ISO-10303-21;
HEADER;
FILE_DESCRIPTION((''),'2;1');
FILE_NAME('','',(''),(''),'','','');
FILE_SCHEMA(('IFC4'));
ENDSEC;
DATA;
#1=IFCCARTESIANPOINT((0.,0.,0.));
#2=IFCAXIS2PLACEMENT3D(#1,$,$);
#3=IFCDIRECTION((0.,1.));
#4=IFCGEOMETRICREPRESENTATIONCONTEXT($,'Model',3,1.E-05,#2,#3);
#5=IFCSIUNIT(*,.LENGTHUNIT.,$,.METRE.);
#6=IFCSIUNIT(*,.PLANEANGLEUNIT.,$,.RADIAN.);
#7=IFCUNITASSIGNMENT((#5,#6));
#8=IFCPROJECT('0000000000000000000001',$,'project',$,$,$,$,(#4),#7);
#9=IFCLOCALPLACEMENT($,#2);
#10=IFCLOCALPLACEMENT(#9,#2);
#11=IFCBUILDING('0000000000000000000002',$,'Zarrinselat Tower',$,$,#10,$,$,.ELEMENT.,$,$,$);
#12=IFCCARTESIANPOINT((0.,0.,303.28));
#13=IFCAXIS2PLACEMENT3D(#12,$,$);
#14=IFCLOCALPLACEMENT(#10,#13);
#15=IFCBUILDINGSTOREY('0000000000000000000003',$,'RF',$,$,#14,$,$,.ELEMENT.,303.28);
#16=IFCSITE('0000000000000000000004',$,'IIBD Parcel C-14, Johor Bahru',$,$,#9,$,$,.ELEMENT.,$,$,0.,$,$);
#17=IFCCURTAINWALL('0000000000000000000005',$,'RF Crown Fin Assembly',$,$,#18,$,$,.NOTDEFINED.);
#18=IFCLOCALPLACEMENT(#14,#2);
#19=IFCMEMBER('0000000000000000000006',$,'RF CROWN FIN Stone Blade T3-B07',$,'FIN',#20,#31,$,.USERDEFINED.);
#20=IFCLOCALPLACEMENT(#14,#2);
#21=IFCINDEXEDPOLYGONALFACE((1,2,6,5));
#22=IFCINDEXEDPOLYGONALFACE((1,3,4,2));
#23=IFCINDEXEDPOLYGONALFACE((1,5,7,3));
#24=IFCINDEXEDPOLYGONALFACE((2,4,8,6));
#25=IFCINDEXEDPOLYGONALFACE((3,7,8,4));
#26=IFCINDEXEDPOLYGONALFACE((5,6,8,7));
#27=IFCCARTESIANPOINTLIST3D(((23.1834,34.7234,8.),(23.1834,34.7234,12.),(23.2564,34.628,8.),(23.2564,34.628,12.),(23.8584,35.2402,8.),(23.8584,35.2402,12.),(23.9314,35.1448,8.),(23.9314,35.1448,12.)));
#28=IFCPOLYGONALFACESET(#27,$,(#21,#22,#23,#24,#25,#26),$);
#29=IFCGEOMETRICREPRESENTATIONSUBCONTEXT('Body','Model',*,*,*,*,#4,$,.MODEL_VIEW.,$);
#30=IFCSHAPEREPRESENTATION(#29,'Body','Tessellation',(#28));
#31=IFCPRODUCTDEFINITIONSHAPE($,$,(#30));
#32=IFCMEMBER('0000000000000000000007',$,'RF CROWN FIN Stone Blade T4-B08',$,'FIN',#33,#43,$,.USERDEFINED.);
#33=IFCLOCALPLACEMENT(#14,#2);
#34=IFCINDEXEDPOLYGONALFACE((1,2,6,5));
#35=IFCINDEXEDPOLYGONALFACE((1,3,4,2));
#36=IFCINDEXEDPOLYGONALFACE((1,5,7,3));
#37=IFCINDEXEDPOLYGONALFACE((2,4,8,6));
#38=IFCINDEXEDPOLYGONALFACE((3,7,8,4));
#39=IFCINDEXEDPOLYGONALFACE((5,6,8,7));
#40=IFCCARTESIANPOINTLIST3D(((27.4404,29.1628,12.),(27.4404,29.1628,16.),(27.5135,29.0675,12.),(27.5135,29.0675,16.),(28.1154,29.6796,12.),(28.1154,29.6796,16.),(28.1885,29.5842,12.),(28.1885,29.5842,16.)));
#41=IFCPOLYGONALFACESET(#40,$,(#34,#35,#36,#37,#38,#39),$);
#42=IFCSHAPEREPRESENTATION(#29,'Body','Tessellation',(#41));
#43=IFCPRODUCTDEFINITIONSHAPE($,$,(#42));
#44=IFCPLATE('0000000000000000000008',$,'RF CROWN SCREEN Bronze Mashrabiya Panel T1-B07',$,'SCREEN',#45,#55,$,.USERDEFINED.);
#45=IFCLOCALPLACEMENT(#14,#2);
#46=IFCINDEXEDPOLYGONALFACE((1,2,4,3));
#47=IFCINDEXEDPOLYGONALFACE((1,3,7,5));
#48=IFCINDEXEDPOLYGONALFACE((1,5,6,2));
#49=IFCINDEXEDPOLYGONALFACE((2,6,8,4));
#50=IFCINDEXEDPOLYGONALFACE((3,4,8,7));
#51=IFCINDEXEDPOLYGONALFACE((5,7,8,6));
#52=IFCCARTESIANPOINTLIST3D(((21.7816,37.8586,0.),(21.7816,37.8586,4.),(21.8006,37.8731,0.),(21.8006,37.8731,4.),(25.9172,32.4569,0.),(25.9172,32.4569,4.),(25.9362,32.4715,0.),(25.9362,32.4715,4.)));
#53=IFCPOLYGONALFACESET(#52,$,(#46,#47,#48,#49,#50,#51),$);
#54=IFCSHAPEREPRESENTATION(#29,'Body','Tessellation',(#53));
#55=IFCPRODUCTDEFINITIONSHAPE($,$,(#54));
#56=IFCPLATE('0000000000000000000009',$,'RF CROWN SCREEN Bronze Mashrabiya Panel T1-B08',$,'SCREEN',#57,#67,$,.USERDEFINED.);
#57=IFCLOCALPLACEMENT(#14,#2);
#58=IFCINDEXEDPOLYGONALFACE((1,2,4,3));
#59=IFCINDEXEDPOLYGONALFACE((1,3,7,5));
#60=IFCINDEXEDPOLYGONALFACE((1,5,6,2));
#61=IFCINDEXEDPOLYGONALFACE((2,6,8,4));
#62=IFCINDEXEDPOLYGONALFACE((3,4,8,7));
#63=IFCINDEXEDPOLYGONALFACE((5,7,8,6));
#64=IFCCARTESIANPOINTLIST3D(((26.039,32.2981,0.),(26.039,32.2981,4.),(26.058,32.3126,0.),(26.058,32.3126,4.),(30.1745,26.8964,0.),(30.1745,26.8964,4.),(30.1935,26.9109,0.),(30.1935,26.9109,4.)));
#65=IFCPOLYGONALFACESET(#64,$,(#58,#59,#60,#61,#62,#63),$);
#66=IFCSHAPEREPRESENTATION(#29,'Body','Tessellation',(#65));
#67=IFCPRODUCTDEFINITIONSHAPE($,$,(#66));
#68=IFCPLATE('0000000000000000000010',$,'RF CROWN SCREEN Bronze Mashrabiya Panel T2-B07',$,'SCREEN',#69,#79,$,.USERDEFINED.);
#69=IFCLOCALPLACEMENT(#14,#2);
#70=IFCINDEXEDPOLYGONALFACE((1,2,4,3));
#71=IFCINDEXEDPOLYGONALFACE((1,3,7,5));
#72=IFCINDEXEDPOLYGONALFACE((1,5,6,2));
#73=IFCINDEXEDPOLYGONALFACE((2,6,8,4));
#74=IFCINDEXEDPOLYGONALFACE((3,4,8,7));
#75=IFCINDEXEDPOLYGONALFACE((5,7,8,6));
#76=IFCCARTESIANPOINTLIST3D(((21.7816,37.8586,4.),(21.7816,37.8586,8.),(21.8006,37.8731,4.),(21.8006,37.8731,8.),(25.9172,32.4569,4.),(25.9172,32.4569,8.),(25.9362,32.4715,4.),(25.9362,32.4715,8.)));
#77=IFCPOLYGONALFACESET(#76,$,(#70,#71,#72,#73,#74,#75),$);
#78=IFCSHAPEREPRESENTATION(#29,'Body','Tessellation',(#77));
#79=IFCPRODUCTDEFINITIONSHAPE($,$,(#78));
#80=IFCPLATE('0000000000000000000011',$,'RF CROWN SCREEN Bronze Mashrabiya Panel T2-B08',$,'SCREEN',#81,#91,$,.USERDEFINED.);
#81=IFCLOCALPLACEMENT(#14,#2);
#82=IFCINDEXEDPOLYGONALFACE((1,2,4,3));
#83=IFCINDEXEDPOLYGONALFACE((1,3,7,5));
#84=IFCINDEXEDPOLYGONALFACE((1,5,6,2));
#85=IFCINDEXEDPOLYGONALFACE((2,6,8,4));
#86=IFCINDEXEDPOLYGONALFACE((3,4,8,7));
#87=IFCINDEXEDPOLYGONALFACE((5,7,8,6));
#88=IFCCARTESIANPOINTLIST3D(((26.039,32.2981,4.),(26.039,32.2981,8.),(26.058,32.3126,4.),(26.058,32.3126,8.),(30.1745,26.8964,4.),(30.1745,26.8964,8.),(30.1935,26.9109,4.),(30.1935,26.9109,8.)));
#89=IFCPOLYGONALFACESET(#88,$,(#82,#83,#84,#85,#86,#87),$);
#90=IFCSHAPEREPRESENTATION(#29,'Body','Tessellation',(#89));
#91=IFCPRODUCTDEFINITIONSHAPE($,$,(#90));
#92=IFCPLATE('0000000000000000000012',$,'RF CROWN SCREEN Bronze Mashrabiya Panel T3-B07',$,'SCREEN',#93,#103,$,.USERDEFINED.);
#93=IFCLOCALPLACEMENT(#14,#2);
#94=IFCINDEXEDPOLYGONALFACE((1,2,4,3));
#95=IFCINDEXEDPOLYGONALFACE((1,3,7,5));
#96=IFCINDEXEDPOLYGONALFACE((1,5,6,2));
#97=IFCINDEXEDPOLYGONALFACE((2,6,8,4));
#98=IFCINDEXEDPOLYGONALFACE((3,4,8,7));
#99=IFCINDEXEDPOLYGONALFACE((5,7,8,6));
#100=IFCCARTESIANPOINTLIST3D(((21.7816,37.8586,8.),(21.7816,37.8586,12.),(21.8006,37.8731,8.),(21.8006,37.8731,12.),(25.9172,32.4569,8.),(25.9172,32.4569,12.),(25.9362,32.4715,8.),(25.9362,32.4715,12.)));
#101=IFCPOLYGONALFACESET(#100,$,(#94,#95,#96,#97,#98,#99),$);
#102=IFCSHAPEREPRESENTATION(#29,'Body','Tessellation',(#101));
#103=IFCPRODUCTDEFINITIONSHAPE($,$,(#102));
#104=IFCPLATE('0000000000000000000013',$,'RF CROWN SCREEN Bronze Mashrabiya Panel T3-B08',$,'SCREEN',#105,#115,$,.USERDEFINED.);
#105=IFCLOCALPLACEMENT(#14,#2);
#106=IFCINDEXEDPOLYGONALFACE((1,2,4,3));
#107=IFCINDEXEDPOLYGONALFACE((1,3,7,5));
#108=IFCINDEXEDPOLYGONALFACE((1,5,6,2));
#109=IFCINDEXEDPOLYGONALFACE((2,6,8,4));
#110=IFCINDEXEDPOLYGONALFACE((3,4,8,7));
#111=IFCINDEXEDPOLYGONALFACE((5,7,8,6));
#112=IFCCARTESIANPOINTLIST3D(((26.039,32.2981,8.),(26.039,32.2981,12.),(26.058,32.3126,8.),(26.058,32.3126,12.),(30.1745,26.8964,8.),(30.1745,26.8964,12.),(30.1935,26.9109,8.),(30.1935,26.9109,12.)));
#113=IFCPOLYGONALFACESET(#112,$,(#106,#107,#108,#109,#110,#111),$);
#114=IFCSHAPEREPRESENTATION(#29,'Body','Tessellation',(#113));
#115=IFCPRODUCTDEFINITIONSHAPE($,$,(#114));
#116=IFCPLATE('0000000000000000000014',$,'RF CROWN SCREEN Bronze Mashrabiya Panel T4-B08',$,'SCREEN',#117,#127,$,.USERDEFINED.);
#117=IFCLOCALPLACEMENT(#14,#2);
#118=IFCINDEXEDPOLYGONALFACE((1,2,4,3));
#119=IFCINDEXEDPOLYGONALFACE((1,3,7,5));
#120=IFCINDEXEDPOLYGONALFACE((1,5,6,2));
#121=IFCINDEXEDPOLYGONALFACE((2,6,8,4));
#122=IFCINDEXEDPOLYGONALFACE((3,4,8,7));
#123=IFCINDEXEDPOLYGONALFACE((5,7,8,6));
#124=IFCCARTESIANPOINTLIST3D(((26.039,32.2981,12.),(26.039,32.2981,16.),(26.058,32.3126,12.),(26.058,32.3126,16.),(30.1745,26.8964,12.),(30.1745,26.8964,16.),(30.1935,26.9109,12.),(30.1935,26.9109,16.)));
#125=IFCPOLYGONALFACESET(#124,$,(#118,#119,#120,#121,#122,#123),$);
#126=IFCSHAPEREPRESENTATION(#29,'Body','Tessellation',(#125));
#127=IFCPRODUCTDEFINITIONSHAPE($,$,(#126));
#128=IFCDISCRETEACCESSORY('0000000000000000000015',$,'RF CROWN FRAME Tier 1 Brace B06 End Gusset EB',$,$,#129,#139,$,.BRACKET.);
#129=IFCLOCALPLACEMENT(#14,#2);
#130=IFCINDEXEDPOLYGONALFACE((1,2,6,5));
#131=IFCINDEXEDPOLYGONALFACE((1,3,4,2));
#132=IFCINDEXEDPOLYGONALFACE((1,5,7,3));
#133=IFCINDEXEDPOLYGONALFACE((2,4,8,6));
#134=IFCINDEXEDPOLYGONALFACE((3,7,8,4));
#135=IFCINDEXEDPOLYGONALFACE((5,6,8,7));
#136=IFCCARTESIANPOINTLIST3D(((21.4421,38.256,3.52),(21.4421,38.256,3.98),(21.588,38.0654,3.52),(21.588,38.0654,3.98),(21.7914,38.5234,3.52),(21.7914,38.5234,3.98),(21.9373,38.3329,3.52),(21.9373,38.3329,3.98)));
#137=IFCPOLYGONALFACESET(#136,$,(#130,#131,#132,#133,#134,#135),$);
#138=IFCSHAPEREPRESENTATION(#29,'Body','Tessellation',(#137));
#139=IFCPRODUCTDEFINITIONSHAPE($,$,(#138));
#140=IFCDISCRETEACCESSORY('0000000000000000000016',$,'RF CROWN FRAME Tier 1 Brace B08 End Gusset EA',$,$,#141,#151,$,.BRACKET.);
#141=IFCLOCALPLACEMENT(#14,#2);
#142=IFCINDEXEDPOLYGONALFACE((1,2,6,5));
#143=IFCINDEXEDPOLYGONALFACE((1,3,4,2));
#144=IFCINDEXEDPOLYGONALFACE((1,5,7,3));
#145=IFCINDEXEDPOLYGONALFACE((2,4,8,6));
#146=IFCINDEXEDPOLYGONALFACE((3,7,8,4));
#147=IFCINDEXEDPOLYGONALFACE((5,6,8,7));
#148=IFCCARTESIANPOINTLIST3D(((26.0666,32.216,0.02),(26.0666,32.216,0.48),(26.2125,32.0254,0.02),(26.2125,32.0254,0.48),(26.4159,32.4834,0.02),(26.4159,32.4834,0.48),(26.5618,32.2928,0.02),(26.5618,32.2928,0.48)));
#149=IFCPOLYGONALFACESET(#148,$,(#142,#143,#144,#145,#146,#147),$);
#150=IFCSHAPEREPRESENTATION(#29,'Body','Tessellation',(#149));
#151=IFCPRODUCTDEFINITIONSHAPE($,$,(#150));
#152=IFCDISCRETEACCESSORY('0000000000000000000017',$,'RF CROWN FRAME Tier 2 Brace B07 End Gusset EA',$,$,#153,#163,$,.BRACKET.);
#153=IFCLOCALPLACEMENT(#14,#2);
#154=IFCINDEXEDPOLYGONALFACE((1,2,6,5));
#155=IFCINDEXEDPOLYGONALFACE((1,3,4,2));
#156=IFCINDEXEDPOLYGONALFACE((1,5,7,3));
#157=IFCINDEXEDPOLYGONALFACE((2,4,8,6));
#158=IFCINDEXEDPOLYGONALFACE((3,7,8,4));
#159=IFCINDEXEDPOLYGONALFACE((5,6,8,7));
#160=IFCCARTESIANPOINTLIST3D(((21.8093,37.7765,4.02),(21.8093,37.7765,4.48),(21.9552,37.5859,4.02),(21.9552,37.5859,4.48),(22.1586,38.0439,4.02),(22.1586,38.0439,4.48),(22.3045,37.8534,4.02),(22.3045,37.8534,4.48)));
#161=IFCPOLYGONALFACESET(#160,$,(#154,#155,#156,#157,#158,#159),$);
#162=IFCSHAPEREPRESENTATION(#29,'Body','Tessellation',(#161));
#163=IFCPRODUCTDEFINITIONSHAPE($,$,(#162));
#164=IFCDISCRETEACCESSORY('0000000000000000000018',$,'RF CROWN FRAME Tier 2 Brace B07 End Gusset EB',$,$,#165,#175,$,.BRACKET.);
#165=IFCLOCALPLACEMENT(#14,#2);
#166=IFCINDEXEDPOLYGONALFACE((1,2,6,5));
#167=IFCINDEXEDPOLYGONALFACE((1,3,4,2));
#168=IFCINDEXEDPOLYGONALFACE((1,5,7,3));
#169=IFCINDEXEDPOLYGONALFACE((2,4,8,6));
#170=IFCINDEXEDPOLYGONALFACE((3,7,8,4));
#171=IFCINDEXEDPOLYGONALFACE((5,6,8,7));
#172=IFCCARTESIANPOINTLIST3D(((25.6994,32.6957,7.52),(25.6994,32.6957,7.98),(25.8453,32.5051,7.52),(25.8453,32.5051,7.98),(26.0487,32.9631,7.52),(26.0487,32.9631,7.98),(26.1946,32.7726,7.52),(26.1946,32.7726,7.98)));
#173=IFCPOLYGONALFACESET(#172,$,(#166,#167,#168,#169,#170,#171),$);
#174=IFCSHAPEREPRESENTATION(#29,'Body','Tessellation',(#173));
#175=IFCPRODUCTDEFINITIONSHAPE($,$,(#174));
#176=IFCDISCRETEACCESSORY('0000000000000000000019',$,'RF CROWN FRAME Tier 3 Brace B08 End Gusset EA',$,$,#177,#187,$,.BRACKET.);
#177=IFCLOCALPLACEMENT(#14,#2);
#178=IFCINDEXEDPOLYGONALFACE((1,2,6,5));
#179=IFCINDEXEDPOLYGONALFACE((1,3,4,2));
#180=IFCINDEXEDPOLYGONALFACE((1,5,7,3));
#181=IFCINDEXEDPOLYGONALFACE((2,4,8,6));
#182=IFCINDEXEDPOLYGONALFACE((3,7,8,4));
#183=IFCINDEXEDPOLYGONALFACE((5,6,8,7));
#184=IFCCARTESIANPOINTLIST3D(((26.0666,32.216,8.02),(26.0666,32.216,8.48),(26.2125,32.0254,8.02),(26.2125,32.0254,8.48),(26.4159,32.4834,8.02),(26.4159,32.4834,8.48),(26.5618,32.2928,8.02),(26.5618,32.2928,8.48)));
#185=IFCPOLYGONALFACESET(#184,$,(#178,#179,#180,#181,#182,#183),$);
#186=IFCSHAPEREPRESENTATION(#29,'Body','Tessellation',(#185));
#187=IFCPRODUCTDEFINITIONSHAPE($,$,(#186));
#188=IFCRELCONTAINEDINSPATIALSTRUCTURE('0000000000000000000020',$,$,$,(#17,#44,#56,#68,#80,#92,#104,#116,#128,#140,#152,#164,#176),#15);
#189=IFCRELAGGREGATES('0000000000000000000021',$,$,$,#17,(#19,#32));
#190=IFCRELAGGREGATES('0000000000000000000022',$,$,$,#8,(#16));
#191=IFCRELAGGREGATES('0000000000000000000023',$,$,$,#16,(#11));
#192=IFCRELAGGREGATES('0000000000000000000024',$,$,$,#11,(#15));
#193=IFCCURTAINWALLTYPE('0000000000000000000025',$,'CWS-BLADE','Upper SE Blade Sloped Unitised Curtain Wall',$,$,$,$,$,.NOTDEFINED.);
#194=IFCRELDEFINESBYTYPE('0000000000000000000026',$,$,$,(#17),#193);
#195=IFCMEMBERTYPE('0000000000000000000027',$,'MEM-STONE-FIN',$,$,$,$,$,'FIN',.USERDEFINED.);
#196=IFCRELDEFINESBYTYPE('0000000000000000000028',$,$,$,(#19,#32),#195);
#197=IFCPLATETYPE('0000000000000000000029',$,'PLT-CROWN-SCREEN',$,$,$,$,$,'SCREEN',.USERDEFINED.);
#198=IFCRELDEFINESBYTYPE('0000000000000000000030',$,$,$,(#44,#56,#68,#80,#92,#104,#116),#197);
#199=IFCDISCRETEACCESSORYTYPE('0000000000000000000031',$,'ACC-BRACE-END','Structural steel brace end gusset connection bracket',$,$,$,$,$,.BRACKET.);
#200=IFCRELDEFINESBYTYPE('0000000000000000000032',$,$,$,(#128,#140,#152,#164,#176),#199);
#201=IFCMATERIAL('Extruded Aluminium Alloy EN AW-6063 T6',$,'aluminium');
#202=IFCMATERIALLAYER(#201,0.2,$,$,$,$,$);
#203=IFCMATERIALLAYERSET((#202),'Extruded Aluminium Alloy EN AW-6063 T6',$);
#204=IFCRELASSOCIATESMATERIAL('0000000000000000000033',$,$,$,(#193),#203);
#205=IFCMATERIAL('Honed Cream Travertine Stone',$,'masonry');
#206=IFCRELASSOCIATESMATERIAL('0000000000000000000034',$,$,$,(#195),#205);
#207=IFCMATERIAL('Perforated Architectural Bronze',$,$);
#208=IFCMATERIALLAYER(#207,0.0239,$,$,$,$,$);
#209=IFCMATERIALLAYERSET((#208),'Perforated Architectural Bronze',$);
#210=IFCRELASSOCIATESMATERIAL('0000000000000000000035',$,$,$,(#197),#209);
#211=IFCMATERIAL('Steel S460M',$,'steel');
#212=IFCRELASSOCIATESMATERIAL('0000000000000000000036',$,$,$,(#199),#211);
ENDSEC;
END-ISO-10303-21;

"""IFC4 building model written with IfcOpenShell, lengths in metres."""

from ifc_helpers import new_model, si_unit, direction, frame, origin, origin_2d, place, context, subcontext, project, spatial, rectangle, extrude, material, layer, layer_set, material_profile, profile_set, type_object, element, aggregate, save


model = new_model("IFC4")

# Units and contexts
model_context = context("Model", 3, precision=1e-05, world=origin(), true_north=direction((0.0, 1.0)))
body_context = subcontext(model_context, "Body", "Model", "MODEL_VIEW")
ifc_project = project(units=[si_unit("LENGTHUNIT", "METRE"), si_unit("PLANEANGLEUNIT", "RADIAN")], contexts=[model_context])

# Site, building, storey
site_placement = place(None, origin())
site = spatial("IfcSite", under=ifc_project, at=site_placement, Name="IIBD Parcel C-14, Johor Bahru", CompositionType="ELEMENT", RefElevation=0.0)
building_placement = place(site_placement, origin())
building = spatial("IfcBuilding", under=site, at=building_placement, Name="Zarrinselat Tower", CompositionType="ELEMENT")
storey_placement = place(building_placement, frame((0.0, 0.0, 303.28)))
storey = spatial("IfcBuildingStorey", under=building, at=storey_placement, Name="RF", CompositionType="ELEMENT", Elevation=303.28)

# Curtain wall, members
ifc_material_1 = material(Name="Extruded Aluminium Alloy EN AW-6063 T6", Category="aluminium")
ifc_layer_1 = layer(ifc_material_1, 0.2)
ifc_layer_set_1 = layer_set([ifc_layer_1], Name="Extruded Aluminium Alloy EN AW-6063 T6")
curtain_wall_type = type_object("IfcCurtainWallType", Name="CWS-BLADE", Description="Upper SE Blade Sloped Unitised Curtain Wall", PredefinedType="NOTDEFINED", material=ifc_layer_set_1)
curtain_wall_placement = place(storey_placement, origin())
curtain_wall = element("IfcCurtainWall", 1, at=curtain_wall_placement, inside=storey, type_object=curtain_wall_type, Name="RF Crown Fin Assembly", PredefinedType="NOTDEFINED")
ifc_material_2 = material(Name="Honed Cream Travertine Stone", Category="masonry")
ifc_material_profile_1 = material_profile(ifc_material_2, rectangle(XDim=0.1201, YDim=0.8501, at=origin_2d()), Name="FIN 850x120")
ifc_profile_set_1 = profile_set([ifc_material_profile_1], Name="Honed Cream Travertine Stone")
member_type_1 = type_object("IfcMemberType", Name="MEM-STONE-FIN", ElementType="FIN", PredefinedType="USERDEFINED", material=ifc_profile_set_1)
member_1_placement = place(storey_placement, frame((23.5574, 34.9341, 8.0), z_axis=(0.0, 0.0, 1.0), x_axis=(-0.607903, 0.794011, 0.0)))
member_1 = element("IfcMember", 2, at=member_1_placement, type_object=member_type_1, Name="RF CROWN FIN Stone Blade T3-B07", ObjectType="FIN", PredefinedType="USERDEFINED", context=body_context, shape_type="SweptSolid", body=[
    extrude(rectangle(XDim=0.1201, YDim=0.8501, at=origin_2d()), origin(), (0.0, 0.0, 1.0), 4.0),
])
member_2_placement = place(storey_placement, frame((27.8145, 29.3735, 12.0), z_axis=(0.0, 0.0, 1.0), x_axis=(-0.607896, 0.794016, 0.0)))
member_2 = element("IfcMember", 3, at=member_2_placement, type_object=member_type_1, Name="RF CROWN FIN Stone Blade T4-B08", ObjectType="FIN", PredefinedType="USERDEFINED", context=body_context, shape_type="SweptSolid", body=[
    extrude(rectangle(XDim=0.1201, YDim=0.8501, at=origin_2d()), origin(), (0.0, 0.0, 1.0), 4.0),
])
aggregate(curtain_wall, [member_1, member_2])

# Plates
ifc_material_3 = material(Name="Perforated Architectural Bronze")
ifc_layer_2 = layer(ifc_material_3, 0.0239)
ifc_layer_set_2 = layer_set([ifc_layer_2], Name="Perforated Architectural Bronze")
plate_type = type_object("IfcPlateType", Name="PLT-CROWN-SCREEN", ElementType="SCREEN", PredefinedType="USERDEFINED", material=ifc_layer_set_2)
for number, where, z_axis, x_axis, name in (
    (4, (23.8589, 35.165, 0.0), (0.0, 0.0, 1.0), (0.607903, -0.794011, 0.0), "RF CROWN SCREEN Bronze Mashrabiya Panel T1-B07"),
    (5, (28.1162, 29.6045, 0.0), (0.0, 0.0, 1.0), (0.607896, -0.794016, 0.0), "RF CROWN SCREEN Bronze Mashrabiya Panel T1-B08"),
    (6, (23.8589, 35.165, 4.0), (0.0, 0.0, 1.0), (0.607903, -0.794011, 0.0), "RF CROWN SCREEN Bronze Mashrabiya Panel T2-B07"),
    (7, (28.1162, 29.6045, 4.0), (0.0, 0.0, 1.0), (0.607896, -0.794016, 0.0), "RF CROWN SCREEN Bronze Mashrabiya Panel T2-B08"),
    (8, (23.8589, 35.165, 8.0), (0.0, 0.0, 1.0), (0.607903, -0.794011, 0.0), "RF CROWN SCREEN Bronze Mashrabiya Panel T3-B07"),
    (9, (28.1162, 29.6045, 8.0), (0.0, 0.0, 1.0), (0.607896, -0.794016, 0.0), "RF CROWN SCREEN Bronze Mashrabiya Panel T3-B08"),
    (10, (28.1162, 29.6045, 12.0), (0.0, 0.0, 1.0), (0.607896, -0.794016, 0.0), "RF CROWN SCREEN Bronze Mashrabiya Panel T4-B08"),
):
    element("IfcPlate", number, at=place(storey_placement, frame(where, z_axis=z_axis, x_axis=x_axis)), inside=storey, type_object=plate_type, Name=name, ObjectType="SCREEN", PredefinedType="USERDEFINED", context=body_context, shape_type="SweptSolid", body=[
        extrude(rectangle(XDim=6.803, YDim=0.0239, at=origin_2d()), origin(), (0.0, 0.0, 1.0), 4.0),
    ])

# Discrete accessories
ifc_material_4 = material(Name="Steel S460M", Category="steel")
discrete_accessory_type = type_object("IfcDiscreteAccessoryType", Name="ACC-BRACE-END", Description="Structural steel brace end gusset connection bracket", PredefinedType="BRACKET", material=ifc_material_4)
for number, where, z_axis, x_axis, name in (
    (11, (21.6897, 38.2944, 3.52), (0.0, 0.0, 1.0), (0.607896, -0.794016, 0.0), "RF CROWN FRAME Tier 1 Brace B06 End Gusset EB"),
    (12, (26.3142, 32.2544, 0.02), (0.0, 0.0, 1.0), (0.607896, -0.794016, 0.0), "RF CROWN FRAME Tier 1 Brace B08 End Gusset EA"),
    (13, (22.0569, 37.8149, 4.02), (0.0, 0.0, 1.0), (0.607903, -0.794011, 0.0), "RF CROWN FRAME Tier 2 Brace B07 End Gusset EA"),
    (14, (25.947, 32.7341, 7.52), (0.0, 0.0, 1.0), (0.607903, -0.794011, 0.0), "RF CROWN FRAME Tier 2 Brace B07 End Gusset EB"),
    (15, (26.3142, 32.2544, 8.02), (0.0, 0.0, 1.0), (0.607896, -0.794016, 0.0), "RF CROWN FRAME Tier 3 Brace B08 End Gusset EA"),
):
    element("IfcDiscreteAccessory", number, at=place(storey_placement, frame(where, z_axis=z_axis, x_axis=x_axis)), inside=storey, type_object=discrete_accessory_type, Name=name, PredefinedType="BRACKET", context=body_context, shape_type="SweptSolid", body=[
        extrude(rectangle(XDim=0.24, YDim=0.4399, at=origin_2d()), origin(), (0.0, 0.0, 1.0), 0.46),
    ])

save(model, "model.ifc")
